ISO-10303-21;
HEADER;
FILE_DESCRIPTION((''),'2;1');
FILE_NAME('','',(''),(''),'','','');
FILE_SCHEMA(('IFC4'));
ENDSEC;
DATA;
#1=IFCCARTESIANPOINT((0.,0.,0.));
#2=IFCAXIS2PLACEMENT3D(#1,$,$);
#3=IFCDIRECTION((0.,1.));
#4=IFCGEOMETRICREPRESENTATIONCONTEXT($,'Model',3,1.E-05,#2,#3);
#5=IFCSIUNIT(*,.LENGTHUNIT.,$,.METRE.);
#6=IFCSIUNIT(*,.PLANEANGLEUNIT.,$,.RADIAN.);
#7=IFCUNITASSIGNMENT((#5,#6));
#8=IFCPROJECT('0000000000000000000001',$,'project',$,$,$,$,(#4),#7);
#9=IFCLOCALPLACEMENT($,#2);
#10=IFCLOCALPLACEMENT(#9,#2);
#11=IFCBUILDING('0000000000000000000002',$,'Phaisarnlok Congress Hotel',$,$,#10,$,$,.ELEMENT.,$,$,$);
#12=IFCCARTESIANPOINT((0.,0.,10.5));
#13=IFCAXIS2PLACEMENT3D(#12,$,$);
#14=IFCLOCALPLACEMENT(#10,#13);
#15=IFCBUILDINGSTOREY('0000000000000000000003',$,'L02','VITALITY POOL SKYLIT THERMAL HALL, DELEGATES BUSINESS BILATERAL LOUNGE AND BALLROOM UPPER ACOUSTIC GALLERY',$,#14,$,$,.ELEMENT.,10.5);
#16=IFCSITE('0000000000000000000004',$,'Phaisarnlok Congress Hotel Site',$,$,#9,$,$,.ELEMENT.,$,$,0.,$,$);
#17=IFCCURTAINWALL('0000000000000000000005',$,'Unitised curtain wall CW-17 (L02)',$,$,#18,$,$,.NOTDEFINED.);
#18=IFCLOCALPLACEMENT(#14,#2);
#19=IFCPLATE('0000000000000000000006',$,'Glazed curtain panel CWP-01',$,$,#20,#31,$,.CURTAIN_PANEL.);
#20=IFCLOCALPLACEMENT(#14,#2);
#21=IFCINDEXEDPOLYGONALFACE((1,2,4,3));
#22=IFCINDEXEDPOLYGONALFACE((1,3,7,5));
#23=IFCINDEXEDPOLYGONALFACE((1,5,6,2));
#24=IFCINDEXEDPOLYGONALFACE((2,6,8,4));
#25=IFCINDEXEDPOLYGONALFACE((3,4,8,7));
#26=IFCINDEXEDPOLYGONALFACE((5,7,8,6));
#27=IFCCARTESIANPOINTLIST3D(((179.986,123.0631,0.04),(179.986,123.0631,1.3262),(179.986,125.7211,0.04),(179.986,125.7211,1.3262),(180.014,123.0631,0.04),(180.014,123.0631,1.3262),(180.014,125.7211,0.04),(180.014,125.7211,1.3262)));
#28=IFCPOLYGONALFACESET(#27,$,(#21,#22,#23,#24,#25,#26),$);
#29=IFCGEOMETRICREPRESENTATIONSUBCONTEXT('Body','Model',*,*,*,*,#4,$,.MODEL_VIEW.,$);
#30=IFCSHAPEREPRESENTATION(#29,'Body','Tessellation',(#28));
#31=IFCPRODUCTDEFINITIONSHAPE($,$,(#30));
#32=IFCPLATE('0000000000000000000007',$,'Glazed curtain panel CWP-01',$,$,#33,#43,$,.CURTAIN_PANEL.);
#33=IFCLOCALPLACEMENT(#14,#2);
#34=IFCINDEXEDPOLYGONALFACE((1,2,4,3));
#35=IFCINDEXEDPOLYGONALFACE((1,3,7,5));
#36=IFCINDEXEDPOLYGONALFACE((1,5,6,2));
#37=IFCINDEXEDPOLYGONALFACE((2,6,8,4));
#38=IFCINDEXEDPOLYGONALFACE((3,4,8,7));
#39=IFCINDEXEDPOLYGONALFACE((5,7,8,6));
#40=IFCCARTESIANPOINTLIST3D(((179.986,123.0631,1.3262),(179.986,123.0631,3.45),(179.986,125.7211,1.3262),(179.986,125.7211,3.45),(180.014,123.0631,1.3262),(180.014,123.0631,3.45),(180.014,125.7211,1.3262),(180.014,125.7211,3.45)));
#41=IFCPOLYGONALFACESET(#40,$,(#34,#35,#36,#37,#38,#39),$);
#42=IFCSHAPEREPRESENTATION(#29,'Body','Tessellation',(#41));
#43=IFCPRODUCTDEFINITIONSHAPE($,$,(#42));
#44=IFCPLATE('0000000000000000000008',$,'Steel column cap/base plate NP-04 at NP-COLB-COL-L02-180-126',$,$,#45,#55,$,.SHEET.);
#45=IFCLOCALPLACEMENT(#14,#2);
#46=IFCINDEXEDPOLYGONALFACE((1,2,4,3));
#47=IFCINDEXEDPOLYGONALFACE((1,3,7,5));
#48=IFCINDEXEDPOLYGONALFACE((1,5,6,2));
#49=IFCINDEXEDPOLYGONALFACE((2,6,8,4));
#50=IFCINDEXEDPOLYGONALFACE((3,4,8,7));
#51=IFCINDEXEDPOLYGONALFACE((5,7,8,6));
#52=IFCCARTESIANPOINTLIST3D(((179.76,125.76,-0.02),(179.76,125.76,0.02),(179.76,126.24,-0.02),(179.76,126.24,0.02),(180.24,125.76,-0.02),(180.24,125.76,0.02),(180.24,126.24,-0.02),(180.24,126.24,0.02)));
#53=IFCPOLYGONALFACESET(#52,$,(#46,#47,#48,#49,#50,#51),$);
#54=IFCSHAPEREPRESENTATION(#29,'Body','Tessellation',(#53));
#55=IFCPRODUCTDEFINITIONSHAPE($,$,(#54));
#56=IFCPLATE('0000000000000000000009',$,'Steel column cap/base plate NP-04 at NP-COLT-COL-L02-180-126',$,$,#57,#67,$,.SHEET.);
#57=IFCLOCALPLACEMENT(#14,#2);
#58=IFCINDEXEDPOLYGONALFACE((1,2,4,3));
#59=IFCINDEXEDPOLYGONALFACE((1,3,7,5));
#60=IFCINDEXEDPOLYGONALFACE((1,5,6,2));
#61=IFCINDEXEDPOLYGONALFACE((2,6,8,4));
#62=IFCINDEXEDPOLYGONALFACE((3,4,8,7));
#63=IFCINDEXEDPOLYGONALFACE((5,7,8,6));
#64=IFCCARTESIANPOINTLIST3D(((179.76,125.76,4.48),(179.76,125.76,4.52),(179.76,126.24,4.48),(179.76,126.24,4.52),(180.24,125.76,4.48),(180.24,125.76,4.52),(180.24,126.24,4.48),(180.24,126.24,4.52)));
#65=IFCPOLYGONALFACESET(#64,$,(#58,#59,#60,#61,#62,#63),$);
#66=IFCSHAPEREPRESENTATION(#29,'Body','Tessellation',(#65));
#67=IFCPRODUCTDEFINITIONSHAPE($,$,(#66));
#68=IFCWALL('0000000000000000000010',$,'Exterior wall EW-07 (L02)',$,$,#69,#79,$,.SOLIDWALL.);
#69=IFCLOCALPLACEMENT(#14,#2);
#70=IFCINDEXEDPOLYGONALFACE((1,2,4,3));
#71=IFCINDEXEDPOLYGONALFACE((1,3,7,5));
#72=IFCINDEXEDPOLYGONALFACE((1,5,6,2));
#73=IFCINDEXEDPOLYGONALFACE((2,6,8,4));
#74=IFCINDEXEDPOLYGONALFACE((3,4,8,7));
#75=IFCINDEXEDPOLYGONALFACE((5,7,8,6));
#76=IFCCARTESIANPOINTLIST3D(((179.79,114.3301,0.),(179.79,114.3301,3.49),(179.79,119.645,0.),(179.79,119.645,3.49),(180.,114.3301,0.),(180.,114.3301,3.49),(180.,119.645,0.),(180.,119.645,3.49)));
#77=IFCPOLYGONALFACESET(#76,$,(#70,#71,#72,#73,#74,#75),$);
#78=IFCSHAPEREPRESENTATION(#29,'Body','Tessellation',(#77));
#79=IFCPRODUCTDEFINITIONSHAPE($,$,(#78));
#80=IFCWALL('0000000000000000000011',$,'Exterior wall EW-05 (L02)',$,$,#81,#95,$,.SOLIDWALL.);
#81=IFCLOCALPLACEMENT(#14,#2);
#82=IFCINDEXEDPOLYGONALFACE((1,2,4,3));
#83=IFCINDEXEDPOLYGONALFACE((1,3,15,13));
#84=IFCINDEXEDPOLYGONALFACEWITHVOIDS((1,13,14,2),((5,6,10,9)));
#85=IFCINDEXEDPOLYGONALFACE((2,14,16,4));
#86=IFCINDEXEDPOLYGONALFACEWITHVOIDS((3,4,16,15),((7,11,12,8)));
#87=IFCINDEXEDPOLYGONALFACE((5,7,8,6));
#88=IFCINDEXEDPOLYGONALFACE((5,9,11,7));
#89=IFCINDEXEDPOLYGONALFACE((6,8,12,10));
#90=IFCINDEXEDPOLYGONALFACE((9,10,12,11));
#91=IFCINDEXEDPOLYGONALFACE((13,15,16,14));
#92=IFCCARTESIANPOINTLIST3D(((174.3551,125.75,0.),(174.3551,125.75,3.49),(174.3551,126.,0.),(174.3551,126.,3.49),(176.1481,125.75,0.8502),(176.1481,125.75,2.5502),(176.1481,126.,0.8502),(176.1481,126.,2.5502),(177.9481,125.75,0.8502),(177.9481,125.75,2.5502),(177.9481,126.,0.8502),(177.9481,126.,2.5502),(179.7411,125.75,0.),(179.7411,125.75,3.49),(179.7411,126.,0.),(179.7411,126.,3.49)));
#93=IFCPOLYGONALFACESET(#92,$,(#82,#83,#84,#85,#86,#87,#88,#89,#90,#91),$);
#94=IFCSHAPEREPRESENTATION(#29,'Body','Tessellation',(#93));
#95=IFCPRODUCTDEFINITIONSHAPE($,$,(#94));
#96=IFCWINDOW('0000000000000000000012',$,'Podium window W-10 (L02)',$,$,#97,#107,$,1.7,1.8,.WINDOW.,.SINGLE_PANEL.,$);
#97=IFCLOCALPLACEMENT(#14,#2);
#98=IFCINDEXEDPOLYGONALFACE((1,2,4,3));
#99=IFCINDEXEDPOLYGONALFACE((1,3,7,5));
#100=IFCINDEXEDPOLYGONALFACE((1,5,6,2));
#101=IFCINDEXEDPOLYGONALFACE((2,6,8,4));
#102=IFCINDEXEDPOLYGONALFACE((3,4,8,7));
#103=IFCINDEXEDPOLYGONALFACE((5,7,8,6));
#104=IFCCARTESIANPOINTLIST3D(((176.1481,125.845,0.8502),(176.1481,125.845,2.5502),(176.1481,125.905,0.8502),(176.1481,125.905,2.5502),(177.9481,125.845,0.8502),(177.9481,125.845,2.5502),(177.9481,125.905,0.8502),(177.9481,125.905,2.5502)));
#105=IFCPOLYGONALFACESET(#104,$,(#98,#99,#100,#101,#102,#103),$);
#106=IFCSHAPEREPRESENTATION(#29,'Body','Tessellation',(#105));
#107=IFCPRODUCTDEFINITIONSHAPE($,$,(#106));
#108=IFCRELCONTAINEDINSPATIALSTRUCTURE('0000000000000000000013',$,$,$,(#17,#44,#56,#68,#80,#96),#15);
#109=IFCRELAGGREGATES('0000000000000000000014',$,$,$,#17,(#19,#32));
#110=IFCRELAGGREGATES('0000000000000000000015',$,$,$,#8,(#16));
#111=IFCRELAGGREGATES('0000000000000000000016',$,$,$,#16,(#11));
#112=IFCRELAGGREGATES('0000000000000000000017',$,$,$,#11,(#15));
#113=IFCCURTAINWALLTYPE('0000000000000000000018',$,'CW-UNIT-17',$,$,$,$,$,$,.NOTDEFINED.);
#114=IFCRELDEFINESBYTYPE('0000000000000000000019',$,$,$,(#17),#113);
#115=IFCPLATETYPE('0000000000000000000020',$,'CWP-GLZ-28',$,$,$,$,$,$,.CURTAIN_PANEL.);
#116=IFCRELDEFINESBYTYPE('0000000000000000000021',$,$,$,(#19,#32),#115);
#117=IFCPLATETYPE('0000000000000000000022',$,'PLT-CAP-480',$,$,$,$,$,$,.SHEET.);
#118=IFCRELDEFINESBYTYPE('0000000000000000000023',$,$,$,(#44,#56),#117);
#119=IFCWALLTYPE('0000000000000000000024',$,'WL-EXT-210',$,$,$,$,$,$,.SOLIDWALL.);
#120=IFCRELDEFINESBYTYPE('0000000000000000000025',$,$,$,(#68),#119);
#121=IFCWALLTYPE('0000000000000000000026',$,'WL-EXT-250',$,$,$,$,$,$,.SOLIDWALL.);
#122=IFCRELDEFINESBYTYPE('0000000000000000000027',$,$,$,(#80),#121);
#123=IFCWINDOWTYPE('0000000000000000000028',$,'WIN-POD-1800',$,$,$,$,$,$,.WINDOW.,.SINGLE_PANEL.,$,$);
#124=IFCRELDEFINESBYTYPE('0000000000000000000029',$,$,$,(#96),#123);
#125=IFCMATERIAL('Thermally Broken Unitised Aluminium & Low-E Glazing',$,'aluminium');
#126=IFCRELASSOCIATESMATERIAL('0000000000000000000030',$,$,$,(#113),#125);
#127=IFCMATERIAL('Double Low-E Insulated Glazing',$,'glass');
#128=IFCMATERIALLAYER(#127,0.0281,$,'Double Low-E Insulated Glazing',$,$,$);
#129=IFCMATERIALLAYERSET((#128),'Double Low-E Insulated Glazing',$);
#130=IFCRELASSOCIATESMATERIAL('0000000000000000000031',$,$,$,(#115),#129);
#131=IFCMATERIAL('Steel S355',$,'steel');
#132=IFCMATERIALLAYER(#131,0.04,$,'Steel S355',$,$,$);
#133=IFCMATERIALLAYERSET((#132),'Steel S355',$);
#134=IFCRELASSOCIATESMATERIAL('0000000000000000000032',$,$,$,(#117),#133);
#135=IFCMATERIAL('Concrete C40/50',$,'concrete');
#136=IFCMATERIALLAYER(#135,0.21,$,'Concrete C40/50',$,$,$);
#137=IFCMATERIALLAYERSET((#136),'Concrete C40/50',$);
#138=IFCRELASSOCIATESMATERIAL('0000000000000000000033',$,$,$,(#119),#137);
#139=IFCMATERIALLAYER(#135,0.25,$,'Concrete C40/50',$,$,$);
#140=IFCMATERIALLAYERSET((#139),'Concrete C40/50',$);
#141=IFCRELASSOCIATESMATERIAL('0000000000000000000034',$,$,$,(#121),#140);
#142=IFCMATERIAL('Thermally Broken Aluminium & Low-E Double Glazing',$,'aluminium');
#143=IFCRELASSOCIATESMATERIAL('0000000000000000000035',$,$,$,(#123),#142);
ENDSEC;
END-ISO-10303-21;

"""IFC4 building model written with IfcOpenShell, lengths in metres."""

from ifc_helpers import new_model, si_unit, direction, frame, frame_2d, origin, origin_2d, place, context, subcontext, project, spatial, rectangle, extrude, material, layer, layer_set, type_object, element, fill, aggregate, save


model = new_model("IFC4")

# Units and contexts
model_context = context("Model", 3, precision=1e-05, world=origin(), true_north=direction((0.0, 1.0)))
body_context = subcontext(model_context, "Body", "Model", "MODEL_VIEW")
ifc_project = project(units=[si_unit("LENGTHUNIT", "METRE"), si_unit("PLANEANGLEUNIT", "RADIAN")], contexts=[model_context])

# Site, building, storey
site_placement = place(None, origin())
site = spatial("IfcSite", under=ifc_project, at=site_placement, Name="Phaisarnlok Congress Hotel Site", CompositionType="ELEMENT", RefElevation=0.0)
building_placement = place(site_placement, origin())
building = spatial("IfcBuilding", under=site, at=building_placement, Name="Phaisarnlok Congress Hotel", CompositionType="ELEMENT")
storey_placement = place(building_placement, frame((0.0, 0.0, 10.5)))
storey = spatial("IfcBuildingStorey", under=building, at=storey_placement, Name="L02", Description="VITALITY POOL SKYLIT THERMAL HALL, DELEGATES BUSINESS BILATERAL LOUNGE AND BALLROOM UPPER ACOUSTIC GALLERY", CompositionType="ELEMENT", Elevation=10.5)

# Shared definitions
ifc_material_1 = material(Name="Steel S355", Category="steel")

# Shared definitions
ifc_material_2 = material(Name="Concrete C40/50", Category="concrete")

# Curtain wall
ifc_material_3 = material(Name="Thermally Broken Unitised Aluminium & Low-E Glazing", Category="aluminium")
curtain_wall_type = type_object("IfcCurtainWallType", Name="CW-UNIT-17", PredefinedType="NOTDEFINED", material=ifc_material_3)
curtain_wall_placement = place(storey_placement, origin())
curtain_wall = element("IfcCurtainWall", 1, at=curtain_wall_placement, inside=storey, type_object=curtain_wall_type, Name="Unitised curtain wall CW-17 (L02)", PredefinedType="NOTDEFINED")

# Plates
ifc_material_4 = material(Name="Double Low-E Insulated Glazing", Category="glass")
ifc_layer_1 = layer(ifc_material_4, 0.0281, Name="Double Low-E Insulated Glazing")
ifc_layer_set_1 = layer_set([ifc_layer_1], Name="Double Low-E Insulated Glazing")
plate_type_1 = type_object("IfcPlateType", Name="CWP-GLZ-28", PredefinedType="CURTAIN_PANEL", material=ifc_layer_set_1)
plate_1_placement = place(storey_placement, frame((180.0, 123.063, 0.04), z_axis=(0.0, 0.0, 1.0), x_axis=(0.0, 1.0, 0.0)))
plate_1 = element("IfcPlate", 2, at=plate_1_placement, type_object=plate_type_1, Name="Glazed curtain panel CWP-01", PredefinedType="CURTAIN_PANEL", context=body_context, shape_type="SweptSolid", body=[
    extrude(rectangle(XDim=2.658, YDim=0.0281, at=frame_2d((1.3291, 0.0))), origin(), (0.0, 0.0, 1.0), 1.2861),
])
plate_2_placement = place(storey_placement, frame((180.0, 123.063, 1.3262), z_axis=(0.0, 0.0, 1.0), x_axis=(0.0, 1.0, 0.0)))
plate_2 = element("IfcPlate", 3, at=plate_2_placement, type_object=plate_type_1, Name="Glazed curtain panel CWP-01", PredefinedType="CURTAIN_PANEL", context=body_context, shape_type="SweptSolid", body=[
    extrude(rectangle(XDim=2.658, YDim=0.0281, at=frame_2d((1.3291, 0.0))), origin(), (0.0, 0.0, 1.0), 2.1238),
])
aggregate(curtain_wall, [plate_1, plate_2])

# Plates
ifc_layer_2 = layer(ifc_material_1, 0.04, Name="Steel S355")
ifc_layer_set_2 = layer_set([ifc_layer_2], Name="Steel S355")
plate_type_2 = type_object("IfcPlateType", Name="PLT-CAP-480", PredefinedType="SHEET", material=ifc_layer_set_2)
for number, where, z_axis, x_axis, name in (
    (4, (180.0, 126.0, -0.02), (0.0, 0.0, 1.0), (1.0, 0.0, 0.0), "Steel column cap/base plate NP-04 at NP-COLB-COL-L02-180-126"),
    (5, (180.0, 126.0, 4.48), (0.0, 0.0, 1.0), (1.0, 0.0, 0.0), "Steel column cap/base plate NP-04 at NP-COLT-COL-L02-180-126"),
):
    element("IfcPlate", number, at=place(storey_placement, frame(where, z_axis=z_axis, x_axis=x_axis)), inside=storey, type_object=plate_type_2, Name=name, PredefinedType="SHEET", context=body_context, shape_type="SweptSolid", body=[
        extrude(rectangle(XDim=0.48, YDim=0.48, at=origin_2d()), origin(), (0.0, 0.0, 1.0), 0.04),
    ])

# Wall
ifc_layer_3 = layer(ifc_material_2, 0.21, Name="Concrete C40/50")
ifc_layer_set_3 = layer_set([ifc_layer_3], Name="Concrete C40/50")
wall_type_1 = type_object("IfcWallType", Name="WL-EXT-210", PredefinedType="SOLIDWALL", material=ifc_layer_set_3)
wall_1_placement = place(storey_placement, frame((179.895, 114.3301, 0.0), z_axis=(0.0, 0.0, 1.0), x_axis=(0.0, 1.0, 0.0)))
element("IfcWall", 6, at=wall_1_placement, inside=storey, type_object=wall_type_1, Name="Exterior wall EW-07 (L02)", PredefinedType="SOLIDWALL", context=body_context, shape_type="SweptSolid", body=[
    extrude(rectangle(XDim=5.3149, YDim=0.21, at=frame_2d((2.6575, 0.0))), origin(), (0.0, 0.0, 1.0), 3.49),
])

# Wall, opening, window
ifc_layer_4 = layer(ifc_material_2, 0.25, Name="Concrete C40/50")
ifc_layer_set_4 = layer_set([ifc_layer_4], Name="Concrete C40/50")
wall_type_2 = type_object("IfcWallType", Name="WL-EXT-250", PredefinedType="SOLIDWALL", material=ifc_layer_set_4)
wall_2_placement = place(storey_placement, frame((179.741, 125.875, 0.0), z_axis=(0.0, 0.0, 1.0), x_axis=(-1.0, 0.0, 0.0)))
wall_2 = element("IfcWall", 7, at=wall_2_placement, inside=storey, type_object=wall_type_2, Name="Exterior wall EW-05 (L02)", PredefinedType="SOLIDWALL", context=body_context, shape_type="SweptSolid", body=[
    extrude(rectangle(XDim=5.386, YDim=0.25, at=frame_2d((2.6929, 0.0))), origin(), (0.0, 0.0, 1.0), 3.49),
])
opening_placement = place(wall_2_placement, frame((1.793, 0.0, 0.8501)))
opening = element("IfcOpeningElement", 8, at=opening_placement, cuts=wall_2, PredefinedType="OPENING", context=body_context, shape_type="SweptSolid", body=[
    extrude(rectangle(XDim=1.8, YDim=1.7, at=frame_2d((0.8999, 0.8501))), frame((0.0, 0.135, 0.0), z_axis=(0.0, -1.0, 0.0), x_axis=(1.0, 0.0, 0.0)), (0.0, 0.0, 1.0), 0.27),
])
ifc_material_5 = material(Name="Thermally Broken Aluminium & Low-E Double Glazing", Category="aluminium")
window_type = type_object("IfcWindowType", Name="WIN-POD-1800", PartitioningType="SINGLE_PANEL", PredefinedType="WINDOW", material=ifc_material_5)
window_placement = place(opening_placement, origin())
window = element("IfcWindow", 9, at=window_placement, inside=storey, type_object=window_type, Name="Podium window W-10 (L02)", OverallHeight=1.7, OverallWidth=1.8, PartitioningType="SINGLE_PANEL", PredefinedType="WINDOW", context=body_context, shape_type="SweptSolid", body=[
    extrude(rectangle(XDim=1.8, YDim=1.7, at=frame_2d((0.8999, 0.8501))), frame((0.0, 0.03, 0.0), z_axis=(0.0, -1.0, 0.0), x_axis=(1.0, 0.0, 0.0)), (0.0, 0.0, 1.0), 0.0601),
])
fill(opening, window)

save(model, "model.ifc")
